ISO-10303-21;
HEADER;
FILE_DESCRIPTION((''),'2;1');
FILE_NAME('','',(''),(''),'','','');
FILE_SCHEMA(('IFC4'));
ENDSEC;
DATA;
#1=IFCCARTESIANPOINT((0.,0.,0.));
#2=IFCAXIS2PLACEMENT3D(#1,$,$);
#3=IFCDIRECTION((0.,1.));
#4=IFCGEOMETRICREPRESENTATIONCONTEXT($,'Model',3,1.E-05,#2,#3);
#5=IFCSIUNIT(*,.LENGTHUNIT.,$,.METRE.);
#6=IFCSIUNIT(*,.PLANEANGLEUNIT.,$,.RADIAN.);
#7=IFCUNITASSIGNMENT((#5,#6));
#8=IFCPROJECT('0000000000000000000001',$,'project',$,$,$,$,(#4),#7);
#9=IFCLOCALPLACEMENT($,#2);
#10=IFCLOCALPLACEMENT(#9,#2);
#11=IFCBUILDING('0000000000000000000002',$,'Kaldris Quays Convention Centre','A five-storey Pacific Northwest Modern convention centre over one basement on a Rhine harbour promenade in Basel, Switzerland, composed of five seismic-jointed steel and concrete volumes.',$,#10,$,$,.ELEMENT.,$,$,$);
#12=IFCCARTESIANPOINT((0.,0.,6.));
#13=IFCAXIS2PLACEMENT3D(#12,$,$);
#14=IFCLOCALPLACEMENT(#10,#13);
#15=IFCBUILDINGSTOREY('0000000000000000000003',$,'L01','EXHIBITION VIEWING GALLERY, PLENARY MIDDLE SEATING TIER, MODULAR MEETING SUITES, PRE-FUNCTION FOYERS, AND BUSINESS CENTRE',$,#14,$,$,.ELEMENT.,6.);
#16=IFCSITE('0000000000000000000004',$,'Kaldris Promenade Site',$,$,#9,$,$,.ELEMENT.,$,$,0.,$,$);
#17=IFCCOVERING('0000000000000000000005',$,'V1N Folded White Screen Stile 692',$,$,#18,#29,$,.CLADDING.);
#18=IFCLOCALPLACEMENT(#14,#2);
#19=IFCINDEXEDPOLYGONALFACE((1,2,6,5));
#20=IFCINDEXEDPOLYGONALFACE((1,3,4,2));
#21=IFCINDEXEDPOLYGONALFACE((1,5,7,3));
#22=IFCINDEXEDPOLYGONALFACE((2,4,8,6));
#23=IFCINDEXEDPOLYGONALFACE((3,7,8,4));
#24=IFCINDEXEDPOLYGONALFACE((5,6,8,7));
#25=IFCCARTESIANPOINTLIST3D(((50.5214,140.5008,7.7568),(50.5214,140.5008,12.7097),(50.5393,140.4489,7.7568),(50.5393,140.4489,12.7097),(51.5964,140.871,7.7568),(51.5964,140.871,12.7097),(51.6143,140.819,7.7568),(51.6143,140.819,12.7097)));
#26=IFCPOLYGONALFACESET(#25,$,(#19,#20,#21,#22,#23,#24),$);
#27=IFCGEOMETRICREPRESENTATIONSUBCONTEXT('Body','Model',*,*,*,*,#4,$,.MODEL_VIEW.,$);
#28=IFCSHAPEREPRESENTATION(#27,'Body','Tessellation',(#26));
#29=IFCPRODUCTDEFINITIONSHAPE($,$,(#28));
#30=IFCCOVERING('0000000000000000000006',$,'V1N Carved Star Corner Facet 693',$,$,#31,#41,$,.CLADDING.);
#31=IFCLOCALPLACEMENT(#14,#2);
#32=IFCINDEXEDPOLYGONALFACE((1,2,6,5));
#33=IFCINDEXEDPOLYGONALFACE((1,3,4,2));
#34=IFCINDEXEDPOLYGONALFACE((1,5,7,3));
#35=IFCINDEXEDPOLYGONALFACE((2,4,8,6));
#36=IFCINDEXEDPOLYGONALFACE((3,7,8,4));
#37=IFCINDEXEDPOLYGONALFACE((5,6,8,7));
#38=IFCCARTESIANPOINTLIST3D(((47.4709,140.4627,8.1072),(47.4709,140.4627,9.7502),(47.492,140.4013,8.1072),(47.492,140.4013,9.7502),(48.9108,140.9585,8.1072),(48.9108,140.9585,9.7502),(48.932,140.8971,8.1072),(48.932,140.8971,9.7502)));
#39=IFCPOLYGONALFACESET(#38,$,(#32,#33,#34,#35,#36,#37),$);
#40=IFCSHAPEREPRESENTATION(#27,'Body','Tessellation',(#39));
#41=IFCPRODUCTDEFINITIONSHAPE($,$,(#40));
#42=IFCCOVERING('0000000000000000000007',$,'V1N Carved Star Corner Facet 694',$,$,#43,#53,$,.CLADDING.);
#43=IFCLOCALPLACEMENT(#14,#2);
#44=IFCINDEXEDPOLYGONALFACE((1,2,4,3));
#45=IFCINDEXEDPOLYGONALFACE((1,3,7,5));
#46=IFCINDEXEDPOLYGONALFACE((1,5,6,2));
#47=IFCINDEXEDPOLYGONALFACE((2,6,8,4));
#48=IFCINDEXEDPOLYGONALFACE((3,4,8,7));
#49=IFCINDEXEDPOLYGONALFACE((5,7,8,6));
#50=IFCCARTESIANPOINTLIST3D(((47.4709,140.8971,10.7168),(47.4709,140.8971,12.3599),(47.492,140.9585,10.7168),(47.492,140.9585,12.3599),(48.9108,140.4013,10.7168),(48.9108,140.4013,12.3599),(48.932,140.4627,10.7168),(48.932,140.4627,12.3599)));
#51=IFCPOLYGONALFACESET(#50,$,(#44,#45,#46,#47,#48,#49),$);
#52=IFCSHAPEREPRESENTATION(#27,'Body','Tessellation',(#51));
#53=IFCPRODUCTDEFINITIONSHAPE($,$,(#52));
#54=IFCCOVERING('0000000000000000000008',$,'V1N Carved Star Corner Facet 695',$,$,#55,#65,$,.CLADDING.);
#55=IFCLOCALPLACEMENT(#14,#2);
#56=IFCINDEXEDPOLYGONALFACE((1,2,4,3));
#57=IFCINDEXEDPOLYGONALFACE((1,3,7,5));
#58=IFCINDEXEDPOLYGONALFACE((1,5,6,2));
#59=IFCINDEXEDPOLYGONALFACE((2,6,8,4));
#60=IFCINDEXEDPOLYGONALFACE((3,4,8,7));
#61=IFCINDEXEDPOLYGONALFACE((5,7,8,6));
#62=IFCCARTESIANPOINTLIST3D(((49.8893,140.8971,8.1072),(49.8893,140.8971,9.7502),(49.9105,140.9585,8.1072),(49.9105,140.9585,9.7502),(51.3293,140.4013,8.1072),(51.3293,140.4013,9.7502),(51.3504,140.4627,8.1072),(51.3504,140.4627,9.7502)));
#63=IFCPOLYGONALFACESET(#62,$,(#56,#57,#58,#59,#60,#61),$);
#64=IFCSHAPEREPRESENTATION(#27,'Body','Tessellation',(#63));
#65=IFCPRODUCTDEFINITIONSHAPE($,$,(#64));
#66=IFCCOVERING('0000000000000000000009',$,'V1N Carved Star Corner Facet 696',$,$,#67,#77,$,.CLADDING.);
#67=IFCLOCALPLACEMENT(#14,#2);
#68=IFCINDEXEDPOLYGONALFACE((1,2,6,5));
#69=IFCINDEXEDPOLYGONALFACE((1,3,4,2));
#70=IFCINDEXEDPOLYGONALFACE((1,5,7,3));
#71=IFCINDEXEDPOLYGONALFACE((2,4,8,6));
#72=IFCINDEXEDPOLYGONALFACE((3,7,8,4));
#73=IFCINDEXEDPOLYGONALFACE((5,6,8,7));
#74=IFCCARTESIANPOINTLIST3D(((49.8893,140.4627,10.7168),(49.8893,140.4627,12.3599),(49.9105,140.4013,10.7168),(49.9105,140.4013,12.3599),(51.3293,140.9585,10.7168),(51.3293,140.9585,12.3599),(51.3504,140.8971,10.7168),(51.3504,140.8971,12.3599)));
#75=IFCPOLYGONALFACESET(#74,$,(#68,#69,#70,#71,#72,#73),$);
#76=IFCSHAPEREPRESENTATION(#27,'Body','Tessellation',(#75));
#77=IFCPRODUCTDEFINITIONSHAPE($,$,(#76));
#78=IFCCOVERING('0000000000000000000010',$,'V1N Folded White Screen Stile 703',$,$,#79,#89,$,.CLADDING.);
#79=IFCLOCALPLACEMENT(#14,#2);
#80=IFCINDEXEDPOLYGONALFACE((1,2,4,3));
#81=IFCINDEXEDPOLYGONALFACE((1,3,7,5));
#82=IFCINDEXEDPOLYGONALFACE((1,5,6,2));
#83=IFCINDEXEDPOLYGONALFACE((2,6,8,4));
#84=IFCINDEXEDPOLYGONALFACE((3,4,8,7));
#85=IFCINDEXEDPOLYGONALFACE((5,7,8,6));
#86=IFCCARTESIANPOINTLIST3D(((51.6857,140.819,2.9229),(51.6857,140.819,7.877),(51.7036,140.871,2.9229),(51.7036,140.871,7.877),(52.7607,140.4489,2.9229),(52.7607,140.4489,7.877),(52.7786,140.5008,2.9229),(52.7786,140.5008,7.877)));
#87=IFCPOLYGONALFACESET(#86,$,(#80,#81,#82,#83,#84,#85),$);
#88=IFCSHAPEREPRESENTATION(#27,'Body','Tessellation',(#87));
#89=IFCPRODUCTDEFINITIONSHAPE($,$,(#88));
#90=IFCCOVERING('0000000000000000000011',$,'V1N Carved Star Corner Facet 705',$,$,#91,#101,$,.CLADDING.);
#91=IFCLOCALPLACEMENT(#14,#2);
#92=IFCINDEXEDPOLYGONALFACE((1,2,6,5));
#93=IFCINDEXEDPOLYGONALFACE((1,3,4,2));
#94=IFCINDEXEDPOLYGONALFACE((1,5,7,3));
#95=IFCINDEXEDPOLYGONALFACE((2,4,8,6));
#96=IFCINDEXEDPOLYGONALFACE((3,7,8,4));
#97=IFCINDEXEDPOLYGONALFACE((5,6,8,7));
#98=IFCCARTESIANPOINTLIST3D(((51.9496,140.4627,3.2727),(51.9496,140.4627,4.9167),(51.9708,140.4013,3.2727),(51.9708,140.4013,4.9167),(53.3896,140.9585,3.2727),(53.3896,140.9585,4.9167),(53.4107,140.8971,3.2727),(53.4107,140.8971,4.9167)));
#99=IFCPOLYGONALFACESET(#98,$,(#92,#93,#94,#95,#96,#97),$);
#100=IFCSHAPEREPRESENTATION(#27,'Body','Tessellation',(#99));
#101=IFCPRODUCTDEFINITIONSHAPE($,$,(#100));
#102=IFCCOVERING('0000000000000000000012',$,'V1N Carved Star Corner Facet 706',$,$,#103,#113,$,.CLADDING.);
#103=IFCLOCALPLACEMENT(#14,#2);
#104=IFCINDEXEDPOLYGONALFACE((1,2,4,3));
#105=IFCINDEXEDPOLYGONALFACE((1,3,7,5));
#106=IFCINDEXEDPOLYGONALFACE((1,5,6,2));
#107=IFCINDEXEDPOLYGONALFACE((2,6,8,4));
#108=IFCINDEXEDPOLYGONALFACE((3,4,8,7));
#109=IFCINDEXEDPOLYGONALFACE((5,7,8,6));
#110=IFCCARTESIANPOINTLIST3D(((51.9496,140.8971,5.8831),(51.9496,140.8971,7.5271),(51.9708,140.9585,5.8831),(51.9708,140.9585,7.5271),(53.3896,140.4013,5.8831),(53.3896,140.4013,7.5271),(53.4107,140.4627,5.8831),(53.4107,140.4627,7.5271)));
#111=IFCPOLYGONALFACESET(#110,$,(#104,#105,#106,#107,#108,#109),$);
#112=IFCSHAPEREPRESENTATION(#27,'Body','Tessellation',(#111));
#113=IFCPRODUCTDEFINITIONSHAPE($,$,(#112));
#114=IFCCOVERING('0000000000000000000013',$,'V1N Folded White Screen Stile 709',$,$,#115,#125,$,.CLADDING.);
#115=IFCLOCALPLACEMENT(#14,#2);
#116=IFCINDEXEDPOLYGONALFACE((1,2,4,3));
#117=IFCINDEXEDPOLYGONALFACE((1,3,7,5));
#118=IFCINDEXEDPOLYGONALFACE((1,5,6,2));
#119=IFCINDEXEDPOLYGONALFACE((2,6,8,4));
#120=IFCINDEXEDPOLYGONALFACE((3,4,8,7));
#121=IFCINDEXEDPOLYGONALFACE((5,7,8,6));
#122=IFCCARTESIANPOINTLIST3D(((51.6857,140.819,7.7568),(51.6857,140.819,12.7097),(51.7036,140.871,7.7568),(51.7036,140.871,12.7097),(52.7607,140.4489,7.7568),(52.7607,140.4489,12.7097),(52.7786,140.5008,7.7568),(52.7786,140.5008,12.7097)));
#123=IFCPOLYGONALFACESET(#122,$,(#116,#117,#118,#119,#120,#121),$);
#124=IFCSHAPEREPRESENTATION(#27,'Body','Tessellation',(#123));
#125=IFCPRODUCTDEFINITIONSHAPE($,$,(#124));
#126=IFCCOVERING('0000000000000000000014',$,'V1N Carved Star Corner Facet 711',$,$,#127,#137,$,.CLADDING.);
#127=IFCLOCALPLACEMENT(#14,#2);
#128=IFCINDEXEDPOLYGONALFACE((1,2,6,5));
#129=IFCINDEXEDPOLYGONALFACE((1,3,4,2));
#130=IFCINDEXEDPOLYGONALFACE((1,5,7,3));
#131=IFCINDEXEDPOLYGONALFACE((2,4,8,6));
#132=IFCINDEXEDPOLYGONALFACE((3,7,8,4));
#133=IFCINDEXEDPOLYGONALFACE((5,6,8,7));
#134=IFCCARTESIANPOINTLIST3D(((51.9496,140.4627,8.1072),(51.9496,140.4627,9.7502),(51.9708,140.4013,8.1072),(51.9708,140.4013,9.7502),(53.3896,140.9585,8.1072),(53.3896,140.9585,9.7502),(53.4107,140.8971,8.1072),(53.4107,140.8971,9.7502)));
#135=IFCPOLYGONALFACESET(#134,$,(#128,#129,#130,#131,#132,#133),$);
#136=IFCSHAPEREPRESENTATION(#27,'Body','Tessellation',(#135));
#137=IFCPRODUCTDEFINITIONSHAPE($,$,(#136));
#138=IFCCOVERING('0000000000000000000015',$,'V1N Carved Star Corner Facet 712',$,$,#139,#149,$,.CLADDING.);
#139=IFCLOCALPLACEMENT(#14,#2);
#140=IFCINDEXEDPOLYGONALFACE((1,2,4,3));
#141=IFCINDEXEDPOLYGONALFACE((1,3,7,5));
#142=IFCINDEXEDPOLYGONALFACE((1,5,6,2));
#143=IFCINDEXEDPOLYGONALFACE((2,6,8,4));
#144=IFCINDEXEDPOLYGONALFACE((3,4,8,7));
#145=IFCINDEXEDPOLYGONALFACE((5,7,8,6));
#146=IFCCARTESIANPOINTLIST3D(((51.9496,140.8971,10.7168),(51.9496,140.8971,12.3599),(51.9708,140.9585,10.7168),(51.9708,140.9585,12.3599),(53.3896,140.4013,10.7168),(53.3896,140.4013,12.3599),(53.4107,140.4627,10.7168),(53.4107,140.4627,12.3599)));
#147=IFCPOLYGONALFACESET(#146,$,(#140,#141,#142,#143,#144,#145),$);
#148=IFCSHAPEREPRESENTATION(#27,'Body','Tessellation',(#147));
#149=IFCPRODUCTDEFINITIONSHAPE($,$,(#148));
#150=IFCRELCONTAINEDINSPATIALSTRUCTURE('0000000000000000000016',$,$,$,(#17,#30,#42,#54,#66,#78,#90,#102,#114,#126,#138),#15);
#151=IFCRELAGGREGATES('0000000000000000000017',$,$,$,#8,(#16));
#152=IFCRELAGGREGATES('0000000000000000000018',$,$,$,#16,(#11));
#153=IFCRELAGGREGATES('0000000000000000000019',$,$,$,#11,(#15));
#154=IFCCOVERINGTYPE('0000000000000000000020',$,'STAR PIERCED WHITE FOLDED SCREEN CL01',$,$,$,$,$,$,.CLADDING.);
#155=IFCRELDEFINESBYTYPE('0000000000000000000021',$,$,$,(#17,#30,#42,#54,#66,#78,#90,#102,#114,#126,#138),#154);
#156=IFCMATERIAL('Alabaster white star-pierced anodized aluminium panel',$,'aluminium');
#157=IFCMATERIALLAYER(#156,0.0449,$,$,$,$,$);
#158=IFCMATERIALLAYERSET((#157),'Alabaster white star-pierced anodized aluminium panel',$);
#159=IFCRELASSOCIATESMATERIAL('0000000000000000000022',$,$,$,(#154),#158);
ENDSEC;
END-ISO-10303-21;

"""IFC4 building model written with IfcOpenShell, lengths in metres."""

from ifc_helpers import new_model, si_unit, direction, frame, origin, origin_2d, place, context, subcontext, project, spatial, rectangle, extrude, material, layer, layer_set, type_object, element, save


model = new_model("IFC4")

# Units and contexts
model_context = context("Model", 3, precision=1e-05, world=origin(), true_north=direction((0.0, 1.0)))
body_context = subcontext(model_context, "Body", "Model", "MODEL_VIEW")
ifc_project = project(units=[si_unit("LENGTHUNIT", "METRE"), si_unit("PLANEANGLEUNIT", "RADIAN")], contexts=[model_context])

# Site, building, storey
site_placement = place(None, origin())
site = spatial("IfcSite", under=ifc_project, at=site_placement, Name="Kaldris Promenade Site", CompositionType="ELEMENT", RefElevation=0.0)
building_placement = place(site_placement, origin())
building = spatial("IfcBuilding", under=site, at=building_placement, Name="Kaldris Quays Convention Centre", Description="A five-storey Pacific Northwest Modern convention centre over one basement on a Rhine harbour promenade in Basel, Switzerland, composed of five seismic-jointed steel and concrete volumes.", CompositionType="ELEMENT")
storey_placement = place(building_placement, frame((0.0, 0.0, 6.0)))
storey = spatial("IfcBuildingStorey", under=building, at=storey_placement, Name="L01", Description="EXHIBITION VIEWING GALLERY, PLENARY MIDDLE SEATING TIER, MODULAR MEETING SUITES, PRE-FUNCTION FOYERS, AND BUSINESS CENTRE", CompositionType="ELEMENT", Elevation=6.0)

# Coverings
ifc_material_1 = material(Name="Alabaster white star-pierced anodized aluminium panel", Category="aluminium")
ifc_layer = layer(ifc_material_1, 0.0449)
ifc_layer_set = layer_set([ifc_layer], Name="Alabaster white star-pierced anodized aluminium panel")
covering_type = type_object("IfcCoveringType", Name="STAR PIERCED WHITE FOLDED SCREEN CL01", PredefinedType="CLADDING", material=ifc_layer_set)
covering_1_placement = place(storey_placement, frame((51.0679, 140.6599, 7.7568), z_axis=(0.0, 0.0, 1.0), x_axis=(0.945519, 0.325568, 0.0)))
element("IfcCovering", 1, at=covering_1_placement, inside=storey, type_object=covering_type, Name="V1N Folded White Screen Stile 692", PredefinedType="CLADDING", context=body_context, shape_type="SweptSolid", body=[
    extrude(rectangle(XDim=1.137, YDim=0.0549, at=origin_2d()), origin(), (0.0, 0.0, 1.0), 4.9529),
])
for number, where, z_axis, x_axis, name in (
    (2, (48.2014, 140.6799, 8.1072), (0.0, 0.0, 1.0), (0.945519, 0.325568, 0.0), "V1N Carved Star Corner Facet 693"),
    (3, (48.2014, 140.6799, 10.7168), (0.0, 0.0, 1.0), (0.945519, -0.325568, 0.0), "V1N Carved Star Corner Facet 694"),
    (4, (50.6199, 140.6799, 8.1072), (0.0, 0.0, 1.0), (0.945519, -0.325568, 0.0), "V1N Carved Star Corner Facet 695"),
    (5, (50.6199, 140.6799, 10.7168), (0.0, 0.0, 1.0), (0.945519, 0.325568, 0.0), "V1N Carved Star Corner Facet 696"),
):
    element("IfcCovering", number, at=place(storey_placement, frame(where, z_axis=z_axis, x_axis=x_axis)), inside=storey, type_object=covering_type, Name=name, PredefinedType="CLADDING", context=body_context, shape_type="SweptSolid", body=[
        extrude(rectangle(XDim=1.5229, YDim=0.0649, at=origin_2d()), origin(), (0.0, 0.0, 1.0), 1.6431),
    ])
covering_2_placement = place(storey_placement, frame((52.2322, 140.6599, 2.9229), z_axis=(0.0, 0.0, 1.0), x_axis=(0.945519, -0.325568, 0.0)))
element("IfcCovering", 6, at=covering_2_placement, inside=storey, type_object=covering_type, Name="V1N Folded White Screen Stile 703", PredefinedType="CLADDING", context=body_context, shape_type="SweptSolid", body=[
    extrude(rectangle(XDim=1.137, YDim=0.0549, at=origin_2d()), origin(), (0.0, 0.0, 1.0), 4.9541),
])
for number, where, z_axis, x_axis, name in (
    (7, (52.6802, 140.6799, 3.2727), (0.0, 0.0, 1.0), (0.945519, 0.325568, 0.0), "V1N Carved Star Corner Facet 705"),
    (8, (52.6802, 140.6799, 5.8831), (0.0, 0.0, 1.0), (0.945519, -0.325568, 0.0), "V1N Carved Star Corner Facet 706"),
):
    element("IfcCovering", number, at=place(storey_placement, frame(where, z_axis=z_axis, x_axis=x_axis)), inside=storey, type_object=covering_type, Name=name, PredefinedType="CLADDING", context=body_context, shape_type="SweptSolid", body=[
        extrude(rectangle(XDim=1.5229, YDim=0.0649, at=origin_2d()), origin(), (0.0, 0.0, 1.0), 1.644),
    ])
covering_3_placement = place(storey_placement, frame((52.2322, 140.6599, 7.7568), z_axis=(0.0, 0.0, 1.0), x_axis=(0.945519, -0.325568, 0.0)))
element("IfcCovering", 9, at=covering_3_placement, inside=storey, type_object=covering_type, Name="V1N Folded White Screen Stile 709", PredefinedType="CLADDING", context=body_context, shape_type="SweptSolid", body=[
    extrude(rectangle(XDim=1.137, YDim=0.0549, at=origin_2d()), origin(), (0.0, 0.0, 1.0), 4.9529),
])
for number, where, z_axis, x_axis, name in (
    (10, (52.6802, 140.6799, 8.1072), (0.0, 0.0, 1.0), (0.945519, 0.325568, 0.0), "V1N Carved Star Corner Facet 711"),
    (11, (52.6802, 140.6799, 10.7168), (0.0, 0.0, 1.0), (0.945519, -0.325568, 0.0), "V1N Carved Star Corner Facet 712"),
):
    element("IfcCovering", number, at=place(storey_placement, frame(where, z_axis=z_axis, x_axis=x_axis)), inside=storey, type_object=covering_type, Name=name, PredefinedType="CLADDING", context=body_context, shape_type="SweptSolid", body=[
        extrude(rectangle(XDim=1.5229, YDim=0.0649, at=origin_2d()), origin(), (0.0, 0.0, 1.0), 1.6431),
    ])

save(model, "model.ifc")
